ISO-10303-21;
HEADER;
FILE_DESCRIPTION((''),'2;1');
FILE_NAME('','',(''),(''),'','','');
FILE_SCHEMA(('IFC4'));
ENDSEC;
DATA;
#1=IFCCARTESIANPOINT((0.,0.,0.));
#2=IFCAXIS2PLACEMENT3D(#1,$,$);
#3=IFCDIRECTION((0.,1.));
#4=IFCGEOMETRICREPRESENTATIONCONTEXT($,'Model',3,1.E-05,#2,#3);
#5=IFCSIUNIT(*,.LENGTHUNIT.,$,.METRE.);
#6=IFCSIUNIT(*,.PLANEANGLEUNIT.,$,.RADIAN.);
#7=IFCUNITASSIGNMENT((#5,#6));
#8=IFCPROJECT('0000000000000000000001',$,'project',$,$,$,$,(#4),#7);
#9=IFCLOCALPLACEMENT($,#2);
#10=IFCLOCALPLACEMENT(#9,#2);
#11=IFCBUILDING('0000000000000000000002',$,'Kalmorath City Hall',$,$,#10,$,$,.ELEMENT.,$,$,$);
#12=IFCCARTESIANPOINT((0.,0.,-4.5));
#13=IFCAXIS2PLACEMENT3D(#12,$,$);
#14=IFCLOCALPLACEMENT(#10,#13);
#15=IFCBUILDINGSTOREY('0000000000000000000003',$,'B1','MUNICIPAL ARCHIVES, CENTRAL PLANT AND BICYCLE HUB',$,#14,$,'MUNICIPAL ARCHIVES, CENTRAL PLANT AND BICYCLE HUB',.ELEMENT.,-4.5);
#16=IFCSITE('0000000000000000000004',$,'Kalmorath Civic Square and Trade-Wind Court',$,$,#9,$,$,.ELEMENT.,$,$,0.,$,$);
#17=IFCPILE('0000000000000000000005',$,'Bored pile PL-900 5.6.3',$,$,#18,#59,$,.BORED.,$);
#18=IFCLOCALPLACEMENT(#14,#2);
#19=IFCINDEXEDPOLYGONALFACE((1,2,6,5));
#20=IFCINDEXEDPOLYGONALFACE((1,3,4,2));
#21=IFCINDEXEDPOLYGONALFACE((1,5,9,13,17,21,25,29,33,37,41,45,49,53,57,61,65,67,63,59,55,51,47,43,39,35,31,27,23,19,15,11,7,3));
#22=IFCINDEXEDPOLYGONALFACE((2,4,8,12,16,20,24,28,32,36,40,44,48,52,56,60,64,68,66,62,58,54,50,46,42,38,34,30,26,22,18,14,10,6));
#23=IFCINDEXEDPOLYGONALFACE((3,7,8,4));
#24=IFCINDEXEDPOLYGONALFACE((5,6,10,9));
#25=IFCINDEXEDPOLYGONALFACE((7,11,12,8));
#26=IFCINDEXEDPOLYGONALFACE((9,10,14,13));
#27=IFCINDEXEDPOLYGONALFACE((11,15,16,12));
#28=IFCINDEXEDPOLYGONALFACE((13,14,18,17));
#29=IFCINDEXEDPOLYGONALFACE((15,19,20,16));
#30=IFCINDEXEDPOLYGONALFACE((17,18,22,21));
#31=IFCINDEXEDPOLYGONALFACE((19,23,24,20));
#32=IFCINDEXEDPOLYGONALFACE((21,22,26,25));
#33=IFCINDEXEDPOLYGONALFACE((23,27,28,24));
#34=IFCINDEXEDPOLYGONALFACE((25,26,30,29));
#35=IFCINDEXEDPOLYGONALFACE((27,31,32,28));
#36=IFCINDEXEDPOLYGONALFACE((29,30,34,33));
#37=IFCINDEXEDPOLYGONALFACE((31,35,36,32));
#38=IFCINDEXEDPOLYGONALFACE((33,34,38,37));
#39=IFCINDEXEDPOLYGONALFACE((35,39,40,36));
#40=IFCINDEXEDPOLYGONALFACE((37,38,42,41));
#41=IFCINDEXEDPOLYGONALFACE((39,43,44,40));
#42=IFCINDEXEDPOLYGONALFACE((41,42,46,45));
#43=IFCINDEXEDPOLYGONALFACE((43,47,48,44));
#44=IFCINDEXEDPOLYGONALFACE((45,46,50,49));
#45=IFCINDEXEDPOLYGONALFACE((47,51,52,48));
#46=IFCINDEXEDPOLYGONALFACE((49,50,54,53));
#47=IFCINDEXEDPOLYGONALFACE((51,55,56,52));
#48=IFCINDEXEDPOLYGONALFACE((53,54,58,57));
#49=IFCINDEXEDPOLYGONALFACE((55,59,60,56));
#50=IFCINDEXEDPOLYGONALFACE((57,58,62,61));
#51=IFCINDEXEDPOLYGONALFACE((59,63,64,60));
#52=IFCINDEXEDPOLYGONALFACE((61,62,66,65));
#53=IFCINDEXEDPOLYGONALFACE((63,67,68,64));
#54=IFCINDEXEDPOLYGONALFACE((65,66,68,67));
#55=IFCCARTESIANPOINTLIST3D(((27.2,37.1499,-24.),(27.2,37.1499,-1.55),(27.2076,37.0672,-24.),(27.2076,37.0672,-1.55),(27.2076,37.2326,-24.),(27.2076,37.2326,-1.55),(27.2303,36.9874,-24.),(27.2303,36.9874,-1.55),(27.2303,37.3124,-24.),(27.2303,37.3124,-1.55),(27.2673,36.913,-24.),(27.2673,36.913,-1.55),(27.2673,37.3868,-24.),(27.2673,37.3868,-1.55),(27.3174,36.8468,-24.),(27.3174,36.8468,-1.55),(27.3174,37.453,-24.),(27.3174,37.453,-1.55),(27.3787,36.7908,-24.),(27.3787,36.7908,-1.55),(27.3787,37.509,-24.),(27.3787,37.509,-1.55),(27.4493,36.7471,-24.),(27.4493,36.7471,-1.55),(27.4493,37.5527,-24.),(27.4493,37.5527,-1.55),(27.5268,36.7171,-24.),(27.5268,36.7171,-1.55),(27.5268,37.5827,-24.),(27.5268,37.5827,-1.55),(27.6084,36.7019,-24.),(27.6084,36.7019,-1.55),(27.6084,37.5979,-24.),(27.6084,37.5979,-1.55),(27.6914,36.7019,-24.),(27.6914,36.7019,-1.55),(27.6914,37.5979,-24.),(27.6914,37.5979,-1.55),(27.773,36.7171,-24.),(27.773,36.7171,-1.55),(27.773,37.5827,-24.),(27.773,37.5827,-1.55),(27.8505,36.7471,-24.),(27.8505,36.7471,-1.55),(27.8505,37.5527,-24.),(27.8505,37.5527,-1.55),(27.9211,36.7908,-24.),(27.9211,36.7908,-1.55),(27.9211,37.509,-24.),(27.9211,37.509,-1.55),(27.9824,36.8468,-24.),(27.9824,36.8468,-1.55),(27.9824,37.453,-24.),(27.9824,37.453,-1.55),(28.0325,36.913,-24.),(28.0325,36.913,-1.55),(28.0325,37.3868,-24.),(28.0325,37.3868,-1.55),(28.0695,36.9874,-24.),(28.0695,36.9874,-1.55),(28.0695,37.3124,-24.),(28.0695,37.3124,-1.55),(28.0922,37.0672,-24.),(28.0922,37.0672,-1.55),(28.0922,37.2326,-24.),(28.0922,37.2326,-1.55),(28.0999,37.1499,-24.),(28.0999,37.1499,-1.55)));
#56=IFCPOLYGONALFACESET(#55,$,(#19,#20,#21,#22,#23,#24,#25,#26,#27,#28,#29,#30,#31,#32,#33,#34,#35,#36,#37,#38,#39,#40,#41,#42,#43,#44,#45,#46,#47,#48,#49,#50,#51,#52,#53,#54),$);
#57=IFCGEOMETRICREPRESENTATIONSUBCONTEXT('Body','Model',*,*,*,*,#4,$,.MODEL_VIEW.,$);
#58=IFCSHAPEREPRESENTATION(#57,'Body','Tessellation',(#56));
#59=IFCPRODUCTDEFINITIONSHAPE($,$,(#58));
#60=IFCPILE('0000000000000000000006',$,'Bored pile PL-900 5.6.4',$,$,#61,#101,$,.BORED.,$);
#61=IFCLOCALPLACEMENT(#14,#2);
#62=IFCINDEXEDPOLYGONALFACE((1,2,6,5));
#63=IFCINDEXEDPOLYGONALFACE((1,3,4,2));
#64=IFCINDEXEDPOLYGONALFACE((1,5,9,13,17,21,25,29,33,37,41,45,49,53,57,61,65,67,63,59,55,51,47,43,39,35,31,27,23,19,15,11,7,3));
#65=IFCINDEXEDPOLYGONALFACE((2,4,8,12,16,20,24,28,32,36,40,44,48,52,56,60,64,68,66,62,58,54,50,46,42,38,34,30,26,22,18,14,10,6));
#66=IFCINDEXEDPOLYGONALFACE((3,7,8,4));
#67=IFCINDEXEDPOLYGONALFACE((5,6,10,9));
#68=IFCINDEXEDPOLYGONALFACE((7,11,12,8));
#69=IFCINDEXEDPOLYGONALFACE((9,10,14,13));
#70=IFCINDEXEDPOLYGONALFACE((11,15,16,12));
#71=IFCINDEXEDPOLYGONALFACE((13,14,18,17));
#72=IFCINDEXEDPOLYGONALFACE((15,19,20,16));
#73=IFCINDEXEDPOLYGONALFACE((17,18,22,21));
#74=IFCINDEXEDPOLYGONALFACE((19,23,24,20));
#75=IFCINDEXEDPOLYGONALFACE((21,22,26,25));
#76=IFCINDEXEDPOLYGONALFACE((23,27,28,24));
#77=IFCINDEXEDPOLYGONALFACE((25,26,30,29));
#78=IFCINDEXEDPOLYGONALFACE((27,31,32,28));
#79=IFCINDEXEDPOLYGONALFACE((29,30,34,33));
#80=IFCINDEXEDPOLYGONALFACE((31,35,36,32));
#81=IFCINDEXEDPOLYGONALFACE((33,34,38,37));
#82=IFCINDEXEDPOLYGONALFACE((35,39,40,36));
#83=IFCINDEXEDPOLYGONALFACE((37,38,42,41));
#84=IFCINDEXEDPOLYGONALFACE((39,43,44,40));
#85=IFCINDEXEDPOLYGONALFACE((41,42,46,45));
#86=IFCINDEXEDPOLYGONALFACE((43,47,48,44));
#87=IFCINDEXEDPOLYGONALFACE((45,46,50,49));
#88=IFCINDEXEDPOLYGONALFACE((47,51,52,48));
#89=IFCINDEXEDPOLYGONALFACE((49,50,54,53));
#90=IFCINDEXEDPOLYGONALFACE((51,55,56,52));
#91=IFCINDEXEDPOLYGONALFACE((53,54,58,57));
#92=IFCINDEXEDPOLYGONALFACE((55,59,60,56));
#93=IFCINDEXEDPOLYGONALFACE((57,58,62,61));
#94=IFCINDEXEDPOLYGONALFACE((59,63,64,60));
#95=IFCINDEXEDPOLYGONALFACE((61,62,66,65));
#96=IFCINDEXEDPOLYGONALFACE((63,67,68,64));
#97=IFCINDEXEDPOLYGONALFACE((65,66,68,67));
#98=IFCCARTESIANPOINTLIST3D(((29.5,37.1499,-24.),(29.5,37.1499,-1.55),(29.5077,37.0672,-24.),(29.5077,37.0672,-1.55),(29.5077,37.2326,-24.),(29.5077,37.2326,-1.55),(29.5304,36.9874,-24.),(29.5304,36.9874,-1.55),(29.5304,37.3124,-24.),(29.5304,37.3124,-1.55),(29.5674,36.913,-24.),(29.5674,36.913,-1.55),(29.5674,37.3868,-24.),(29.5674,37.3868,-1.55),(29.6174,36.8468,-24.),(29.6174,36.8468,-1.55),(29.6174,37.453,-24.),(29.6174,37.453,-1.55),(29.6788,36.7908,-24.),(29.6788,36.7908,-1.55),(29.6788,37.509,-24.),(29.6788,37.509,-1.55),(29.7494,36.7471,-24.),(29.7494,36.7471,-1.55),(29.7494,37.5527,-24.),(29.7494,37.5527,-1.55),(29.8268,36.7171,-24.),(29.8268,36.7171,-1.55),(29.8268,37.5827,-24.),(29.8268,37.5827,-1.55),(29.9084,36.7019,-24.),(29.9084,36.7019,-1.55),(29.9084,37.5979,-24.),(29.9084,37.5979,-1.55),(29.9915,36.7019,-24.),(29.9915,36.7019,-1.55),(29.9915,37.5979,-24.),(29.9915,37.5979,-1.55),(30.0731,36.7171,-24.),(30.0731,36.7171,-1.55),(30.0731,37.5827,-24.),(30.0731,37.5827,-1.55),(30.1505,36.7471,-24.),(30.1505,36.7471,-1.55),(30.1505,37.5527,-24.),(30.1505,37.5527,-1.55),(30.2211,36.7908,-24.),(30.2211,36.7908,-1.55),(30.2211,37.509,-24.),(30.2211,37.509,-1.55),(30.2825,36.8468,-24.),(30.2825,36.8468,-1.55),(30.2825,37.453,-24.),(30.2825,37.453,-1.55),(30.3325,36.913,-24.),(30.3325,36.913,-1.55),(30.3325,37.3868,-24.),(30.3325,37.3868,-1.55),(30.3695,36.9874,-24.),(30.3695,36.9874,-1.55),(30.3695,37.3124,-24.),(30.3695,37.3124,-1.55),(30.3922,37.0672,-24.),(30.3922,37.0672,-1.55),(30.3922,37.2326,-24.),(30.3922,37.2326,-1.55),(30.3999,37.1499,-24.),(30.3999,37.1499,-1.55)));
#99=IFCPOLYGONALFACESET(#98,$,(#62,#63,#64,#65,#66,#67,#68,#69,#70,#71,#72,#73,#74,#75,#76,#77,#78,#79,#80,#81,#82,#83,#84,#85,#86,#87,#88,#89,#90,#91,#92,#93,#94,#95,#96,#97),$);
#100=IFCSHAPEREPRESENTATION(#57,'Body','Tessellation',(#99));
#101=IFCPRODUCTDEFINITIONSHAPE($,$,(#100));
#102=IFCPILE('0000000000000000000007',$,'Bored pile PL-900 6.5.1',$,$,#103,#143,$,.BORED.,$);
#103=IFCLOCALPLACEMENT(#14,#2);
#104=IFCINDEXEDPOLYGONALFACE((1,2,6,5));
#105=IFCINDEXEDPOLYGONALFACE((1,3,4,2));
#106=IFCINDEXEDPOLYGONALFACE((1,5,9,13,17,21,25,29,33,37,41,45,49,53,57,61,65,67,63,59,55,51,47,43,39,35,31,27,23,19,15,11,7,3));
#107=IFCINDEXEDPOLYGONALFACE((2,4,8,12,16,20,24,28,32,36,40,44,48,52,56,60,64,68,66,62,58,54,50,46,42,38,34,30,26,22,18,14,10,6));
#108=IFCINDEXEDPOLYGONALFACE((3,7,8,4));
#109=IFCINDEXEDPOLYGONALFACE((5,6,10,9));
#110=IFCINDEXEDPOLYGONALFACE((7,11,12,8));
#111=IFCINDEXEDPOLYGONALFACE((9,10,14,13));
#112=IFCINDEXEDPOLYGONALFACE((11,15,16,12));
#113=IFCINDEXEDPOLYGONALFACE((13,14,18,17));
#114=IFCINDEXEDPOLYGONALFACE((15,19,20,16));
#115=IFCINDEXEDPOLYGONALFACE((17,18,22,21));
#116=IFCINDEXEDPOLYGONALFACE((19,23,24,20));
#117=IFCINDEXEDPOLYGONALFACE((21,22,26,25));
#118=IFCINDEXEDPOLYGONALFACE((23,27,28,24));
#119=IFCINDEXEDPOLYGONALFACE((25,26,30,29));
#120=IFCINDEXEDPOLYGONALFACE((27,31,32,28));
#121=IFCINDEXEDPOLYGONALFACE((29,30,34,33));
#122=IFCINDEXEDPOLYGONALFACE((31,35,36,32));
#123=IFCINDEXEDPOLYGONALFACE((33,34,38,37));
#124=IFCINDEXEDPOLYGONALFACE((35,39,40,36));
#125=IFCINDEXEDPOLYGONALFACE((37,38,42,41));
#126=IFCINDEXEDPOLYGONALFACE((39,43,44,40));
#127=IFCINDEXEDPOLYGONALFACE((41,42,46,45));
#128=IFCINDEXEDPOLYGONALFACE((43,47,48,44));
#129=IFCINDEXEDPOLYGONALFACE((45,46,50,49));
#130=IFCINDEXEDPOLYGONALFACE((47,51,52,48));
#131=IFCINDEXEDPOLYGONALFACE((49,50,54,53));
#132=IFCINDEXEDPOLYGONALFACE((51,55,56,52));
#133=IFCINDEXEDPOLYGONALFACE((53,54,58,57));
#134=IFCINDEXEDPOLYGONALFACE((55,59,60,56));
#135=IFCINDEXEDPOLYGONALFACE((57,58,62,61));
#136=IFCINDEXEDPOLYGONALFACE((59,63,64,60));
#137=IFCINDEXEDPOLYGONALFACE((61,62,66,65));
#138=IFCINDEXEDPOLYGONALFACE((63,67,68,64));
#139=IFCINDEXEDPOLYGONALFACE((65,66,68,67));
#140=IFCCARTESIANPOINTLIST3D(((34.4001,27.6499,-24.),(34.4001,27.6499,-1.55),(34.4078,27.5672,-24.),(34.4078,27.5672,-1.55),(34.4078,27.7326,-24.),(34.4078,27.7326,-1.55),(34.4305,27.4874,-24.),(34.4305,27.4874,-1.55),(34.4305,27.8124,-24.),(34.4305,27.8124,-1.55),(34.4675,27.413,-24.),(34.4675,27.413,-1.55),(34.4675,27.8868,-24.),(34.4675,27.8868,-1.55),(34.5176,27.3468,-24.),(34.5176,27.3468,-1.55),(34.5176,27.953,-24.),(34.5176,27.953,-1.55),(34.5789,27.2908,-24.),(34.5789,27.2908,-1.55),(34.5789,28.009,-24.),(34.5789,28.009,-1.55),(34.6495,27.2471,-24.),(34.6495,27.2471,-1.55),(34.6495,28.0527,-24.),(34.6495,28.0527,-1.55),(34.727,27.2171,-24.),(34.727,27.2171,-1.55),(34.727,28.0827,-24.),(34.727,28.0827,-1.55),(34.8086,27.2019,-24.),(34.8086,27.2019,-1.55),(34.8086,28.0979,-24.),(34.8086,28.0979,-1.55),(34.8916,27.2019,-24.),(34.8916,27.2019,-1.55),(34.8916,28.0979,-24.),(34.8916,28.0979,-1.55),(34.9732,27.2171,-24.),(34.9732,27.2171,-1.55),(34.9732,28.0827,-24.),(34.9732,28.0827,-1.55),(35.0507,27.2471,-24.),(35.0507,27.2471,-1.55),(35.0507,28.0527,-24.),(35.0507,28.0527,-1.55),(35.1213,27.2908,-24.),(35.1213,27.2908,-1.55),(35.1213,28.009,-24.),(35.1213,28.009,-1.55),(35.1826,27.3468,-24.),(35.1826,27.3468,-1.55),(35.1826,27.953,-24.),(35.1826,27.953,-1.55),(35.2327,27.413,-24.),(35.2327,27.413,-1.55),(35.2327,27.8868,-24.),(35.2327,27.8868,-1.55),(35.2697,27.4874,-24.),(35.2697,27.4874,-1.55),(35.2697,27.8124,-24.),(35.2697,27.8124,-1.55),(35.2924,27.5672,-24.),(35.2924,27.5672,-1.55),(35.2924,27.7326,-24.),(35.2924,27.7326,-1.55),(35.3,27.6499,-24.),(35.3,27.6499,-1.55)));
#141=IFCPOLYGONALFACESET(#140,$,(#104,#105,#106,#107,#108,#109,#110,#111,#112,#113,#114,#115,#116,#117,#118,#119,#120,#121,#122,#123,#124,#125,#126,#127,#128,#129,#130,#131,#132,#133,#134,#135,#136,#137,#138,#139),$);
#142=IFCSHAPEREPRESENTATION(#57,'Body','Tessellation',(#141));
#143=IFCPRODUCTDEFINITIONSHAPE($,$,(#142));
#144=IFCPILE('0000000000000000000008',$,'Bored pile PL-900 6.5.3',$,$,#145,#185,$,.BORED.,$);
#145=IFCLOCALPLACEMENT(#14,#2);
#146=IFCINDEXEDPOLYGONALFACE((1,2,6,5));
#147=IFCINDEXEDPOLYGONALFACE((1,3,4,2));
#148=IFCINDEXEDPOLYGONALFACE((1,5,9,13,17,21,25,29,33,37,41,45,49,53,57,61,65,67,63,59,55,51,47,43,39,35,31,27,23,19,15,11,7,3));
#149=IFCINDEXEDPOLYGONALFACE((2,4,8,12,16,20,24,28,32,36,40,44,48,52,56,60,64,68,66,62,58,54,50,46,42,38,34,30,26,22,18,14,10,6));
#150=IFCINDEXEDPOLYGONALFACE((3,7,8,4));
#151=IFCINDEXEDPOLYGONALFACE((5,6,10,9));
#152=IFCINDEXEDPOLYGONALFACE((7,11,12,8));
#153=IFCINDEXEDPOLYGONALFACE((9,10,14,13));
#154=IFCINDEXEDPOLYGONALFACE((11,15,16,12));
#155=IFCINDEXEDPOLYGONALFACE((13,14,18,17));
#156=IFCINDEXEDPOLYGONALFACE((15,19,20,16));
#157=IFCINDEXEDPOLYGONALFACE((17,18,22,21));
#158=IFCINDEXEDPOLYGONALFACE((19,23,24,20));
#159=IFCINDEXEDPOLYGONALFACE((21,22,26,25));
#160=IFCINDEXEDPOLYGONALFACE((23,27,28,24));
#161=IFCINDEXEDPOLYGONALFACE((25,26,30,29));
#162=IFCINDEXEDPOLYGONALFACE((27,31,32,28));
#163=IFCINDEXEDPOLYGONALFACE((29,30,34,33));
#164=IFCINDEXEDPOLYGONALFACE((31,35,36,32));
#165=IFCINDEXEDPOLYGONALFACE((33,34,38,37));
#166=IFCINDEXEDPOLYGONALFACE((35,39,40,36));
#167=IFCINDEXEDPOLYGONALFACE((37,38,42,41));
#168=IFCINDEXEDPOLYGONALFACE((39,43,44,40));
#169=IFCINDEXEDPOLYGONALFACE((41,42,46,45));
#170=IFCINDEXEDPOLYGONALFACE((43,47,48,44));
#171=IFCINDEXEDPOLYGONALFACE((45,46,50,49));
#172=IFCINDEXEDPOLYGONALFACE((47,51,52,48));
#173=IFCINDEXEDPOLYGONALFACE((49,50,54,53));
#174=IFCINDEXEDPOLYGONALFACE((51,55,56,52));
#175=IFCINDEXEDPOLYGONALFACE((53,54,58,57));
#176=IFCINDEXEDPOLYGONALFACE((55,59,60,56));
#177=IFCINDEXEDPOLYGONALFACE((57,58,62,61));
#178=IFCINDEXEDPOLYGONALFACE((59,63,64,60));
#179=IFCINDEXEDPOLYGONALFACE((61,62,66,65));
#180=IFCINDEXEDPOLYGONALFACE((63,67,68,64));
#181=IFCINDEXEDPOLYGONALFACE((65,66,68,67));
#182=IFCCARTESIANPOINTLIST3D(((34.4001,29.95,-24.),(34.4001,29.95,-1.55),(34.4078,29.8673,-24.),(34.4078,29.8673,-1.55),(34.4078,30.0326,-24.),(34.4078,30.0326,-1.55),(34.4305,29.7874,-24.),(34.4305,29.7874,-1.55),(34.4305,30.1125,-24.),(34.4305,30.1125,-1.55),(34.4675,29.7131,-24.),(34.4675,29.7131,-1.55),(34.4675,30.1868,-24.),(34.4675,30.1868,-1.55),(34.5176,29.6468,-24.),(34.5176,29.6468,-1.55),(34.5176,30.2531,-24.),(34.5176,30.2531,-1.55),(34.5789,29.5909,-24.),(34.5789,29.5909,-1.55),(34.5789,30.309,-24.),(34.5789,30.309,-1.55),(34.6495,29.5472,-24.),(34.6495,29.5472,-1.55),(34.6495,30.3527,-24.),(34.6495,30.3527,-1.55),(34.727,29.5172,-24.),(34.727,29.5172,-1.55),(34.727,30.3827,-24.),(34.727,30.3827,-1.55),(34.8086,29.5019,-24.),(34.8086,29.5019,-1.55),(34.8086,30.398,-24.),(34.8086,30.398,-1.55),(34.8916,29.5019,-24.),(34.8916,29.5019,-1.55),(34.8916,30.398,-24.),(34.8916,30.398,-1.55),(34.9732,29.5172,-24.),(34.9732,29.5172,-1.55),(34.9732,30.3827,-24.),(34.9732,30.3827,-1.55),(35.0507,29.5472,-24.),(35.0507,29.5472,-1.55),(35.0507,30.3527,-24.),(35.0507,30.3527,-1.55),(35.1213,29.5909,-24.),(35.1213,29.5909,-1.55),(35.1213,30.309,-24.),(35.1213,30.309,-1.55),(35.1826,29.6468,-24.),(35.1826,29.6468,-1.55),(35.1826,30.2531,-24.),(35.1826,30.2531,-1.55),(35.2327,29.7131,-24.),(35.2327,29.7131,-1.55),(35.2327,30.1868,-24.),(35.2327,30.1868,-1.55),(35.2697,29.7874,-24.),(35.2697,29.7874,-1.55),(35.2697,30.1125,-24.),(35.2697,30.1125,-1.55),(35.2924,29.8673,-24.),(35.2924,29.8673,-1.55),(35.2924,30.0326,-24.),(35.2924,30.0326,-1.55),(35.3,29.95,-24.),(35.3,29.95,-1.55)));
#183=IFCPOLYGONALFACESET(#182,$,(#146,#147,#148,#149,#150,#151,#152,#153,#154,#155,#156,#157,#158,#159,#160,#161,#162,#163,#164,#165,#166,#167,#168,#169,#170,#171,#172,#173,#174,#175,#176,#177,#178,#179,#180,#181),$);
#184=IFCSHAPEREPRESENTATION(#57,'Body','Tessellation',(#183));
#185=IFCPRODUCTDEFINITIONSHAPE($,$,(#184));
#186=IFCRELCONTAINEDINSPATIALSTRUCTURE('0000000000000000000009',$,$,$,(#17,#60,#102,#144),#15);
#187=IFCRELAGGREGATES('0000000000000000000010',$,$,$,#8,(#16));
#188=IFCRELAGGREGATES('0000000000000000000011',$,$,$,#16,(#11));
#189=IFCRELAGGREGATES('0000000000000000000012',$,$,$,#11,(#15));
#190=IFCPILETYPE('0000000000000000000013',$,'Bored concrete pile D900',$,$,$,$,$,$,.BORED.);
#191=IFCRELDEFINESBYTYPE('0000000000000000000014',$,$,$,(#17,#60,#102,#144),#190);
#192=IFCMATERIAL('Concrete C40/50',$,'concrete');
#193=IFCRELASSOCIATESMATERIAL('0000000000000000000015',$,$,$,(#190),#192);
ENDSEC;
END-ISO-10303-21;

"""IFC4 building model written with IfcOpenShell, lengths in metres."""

from ifc_helpers import new_model, si_unit, direction, frame, origin, origin_2d, place, context, subcontext, project, spatial, circle, extrude, material, material_profile, profile_set, type_object, element, save


model = new_model("IFC4")

# Units and contexts
model_context = context("Model", 3, precision=1e-05, world=origin(), true_north=direction((0.0, 1.0)))
body_context = subcontext(model_context, "Body", "Model", "MODEL_VIEW")
ifc_project = project(units=[si_unit("LENGTHUNIT", "METRE"), si_unit("PLANEANGLEUNIT", "RADIAN")], contexts=[model_context])

# Site, building, storey
site_placement = place(None, origin())
site = spatial("IfcSite", under=ifc_project, at=site_placement, Name="Kalmorath Civic Square and Trade-Wind Court", CompositionType="ELEMENT", RefElevation=0.0)
building_placement = place(site_placement, origin())
building = spatial("IfcBuilding", under=site, at=building_placement, Name="Kalmorath City Hall", CompositionType="ELEMENT")
storey_placement = place(building_placement, frame((0.0, 0.0, -4.5)))
storey = spatial("IfcBuildingStorey", under=building, at=storey_placement, Name="B1", Description="MUNICIPAL ARCHIVES, CENTRAL PLANT AND BICYCLE HUB", LongName="MUNICIPAL ARCHIVES, CENTRAL PLANT AND BICYCLE HUB", CompositionType="ELEMENT", Elevation=-4.5)

# Piles
ifc_material_1 = material(Name="Concrete C40/50", Category="concrete")
ifc_material_profile_1 = material_profile(ifc_material_1, circle(Radius=0.45, at=origin_2d()), Name="PILE-D900")
ifc_profile_set_1 = profile_set([ifc_material_profile_1], Name="Concrete C40/50")
pile_type_1 = type_object("IfcPileType", Name="Bored concrete pile D900", PredefinedType="BORED", material=ifc_profile_set_1)
for number, where, z_axis, x_axis, name in (
    (1, (27.6499, 37.1499, -1.55), (0.0, 0.0, -1.0), (1.0, 0.0, 0.0), "Bored pile PL-900 5.6.3"),
    (2, (29.95, 37.1499, -1.55), (0.0, 0.0, -1.0), (1.0, 0.0, 0.0), "Bored pile PL-900 5.6.4"),
    (3, (34.8501, 27.6499, -1.55), (0.0, 0.0, -1.0), (1.0, 0.0, 0.0), "Bored pile PL-900 6.5.1"),
    (4, (34.8501, 29.95, -1.55), (0.0, 0.0, -1.0), (1.0, 0.0, 0.0), "Bored pile PL-900 6.5.3"),
):
    element("IfcPile", number, at=place(storey_placement, frame(where, z_axis=z_axis, x_axis=x_axis)), inside=storey, type_object=pile_type_1, Name=name, PredefinedType="BORED", context=body_context, shape_type="SweptSolid", body=[
        extrude(circle(Radius=0.45, at=origin_2d()), origin(), (0.0, 0.0, 1.0), 22.45),
    ])

save(model, "model.ifc")
